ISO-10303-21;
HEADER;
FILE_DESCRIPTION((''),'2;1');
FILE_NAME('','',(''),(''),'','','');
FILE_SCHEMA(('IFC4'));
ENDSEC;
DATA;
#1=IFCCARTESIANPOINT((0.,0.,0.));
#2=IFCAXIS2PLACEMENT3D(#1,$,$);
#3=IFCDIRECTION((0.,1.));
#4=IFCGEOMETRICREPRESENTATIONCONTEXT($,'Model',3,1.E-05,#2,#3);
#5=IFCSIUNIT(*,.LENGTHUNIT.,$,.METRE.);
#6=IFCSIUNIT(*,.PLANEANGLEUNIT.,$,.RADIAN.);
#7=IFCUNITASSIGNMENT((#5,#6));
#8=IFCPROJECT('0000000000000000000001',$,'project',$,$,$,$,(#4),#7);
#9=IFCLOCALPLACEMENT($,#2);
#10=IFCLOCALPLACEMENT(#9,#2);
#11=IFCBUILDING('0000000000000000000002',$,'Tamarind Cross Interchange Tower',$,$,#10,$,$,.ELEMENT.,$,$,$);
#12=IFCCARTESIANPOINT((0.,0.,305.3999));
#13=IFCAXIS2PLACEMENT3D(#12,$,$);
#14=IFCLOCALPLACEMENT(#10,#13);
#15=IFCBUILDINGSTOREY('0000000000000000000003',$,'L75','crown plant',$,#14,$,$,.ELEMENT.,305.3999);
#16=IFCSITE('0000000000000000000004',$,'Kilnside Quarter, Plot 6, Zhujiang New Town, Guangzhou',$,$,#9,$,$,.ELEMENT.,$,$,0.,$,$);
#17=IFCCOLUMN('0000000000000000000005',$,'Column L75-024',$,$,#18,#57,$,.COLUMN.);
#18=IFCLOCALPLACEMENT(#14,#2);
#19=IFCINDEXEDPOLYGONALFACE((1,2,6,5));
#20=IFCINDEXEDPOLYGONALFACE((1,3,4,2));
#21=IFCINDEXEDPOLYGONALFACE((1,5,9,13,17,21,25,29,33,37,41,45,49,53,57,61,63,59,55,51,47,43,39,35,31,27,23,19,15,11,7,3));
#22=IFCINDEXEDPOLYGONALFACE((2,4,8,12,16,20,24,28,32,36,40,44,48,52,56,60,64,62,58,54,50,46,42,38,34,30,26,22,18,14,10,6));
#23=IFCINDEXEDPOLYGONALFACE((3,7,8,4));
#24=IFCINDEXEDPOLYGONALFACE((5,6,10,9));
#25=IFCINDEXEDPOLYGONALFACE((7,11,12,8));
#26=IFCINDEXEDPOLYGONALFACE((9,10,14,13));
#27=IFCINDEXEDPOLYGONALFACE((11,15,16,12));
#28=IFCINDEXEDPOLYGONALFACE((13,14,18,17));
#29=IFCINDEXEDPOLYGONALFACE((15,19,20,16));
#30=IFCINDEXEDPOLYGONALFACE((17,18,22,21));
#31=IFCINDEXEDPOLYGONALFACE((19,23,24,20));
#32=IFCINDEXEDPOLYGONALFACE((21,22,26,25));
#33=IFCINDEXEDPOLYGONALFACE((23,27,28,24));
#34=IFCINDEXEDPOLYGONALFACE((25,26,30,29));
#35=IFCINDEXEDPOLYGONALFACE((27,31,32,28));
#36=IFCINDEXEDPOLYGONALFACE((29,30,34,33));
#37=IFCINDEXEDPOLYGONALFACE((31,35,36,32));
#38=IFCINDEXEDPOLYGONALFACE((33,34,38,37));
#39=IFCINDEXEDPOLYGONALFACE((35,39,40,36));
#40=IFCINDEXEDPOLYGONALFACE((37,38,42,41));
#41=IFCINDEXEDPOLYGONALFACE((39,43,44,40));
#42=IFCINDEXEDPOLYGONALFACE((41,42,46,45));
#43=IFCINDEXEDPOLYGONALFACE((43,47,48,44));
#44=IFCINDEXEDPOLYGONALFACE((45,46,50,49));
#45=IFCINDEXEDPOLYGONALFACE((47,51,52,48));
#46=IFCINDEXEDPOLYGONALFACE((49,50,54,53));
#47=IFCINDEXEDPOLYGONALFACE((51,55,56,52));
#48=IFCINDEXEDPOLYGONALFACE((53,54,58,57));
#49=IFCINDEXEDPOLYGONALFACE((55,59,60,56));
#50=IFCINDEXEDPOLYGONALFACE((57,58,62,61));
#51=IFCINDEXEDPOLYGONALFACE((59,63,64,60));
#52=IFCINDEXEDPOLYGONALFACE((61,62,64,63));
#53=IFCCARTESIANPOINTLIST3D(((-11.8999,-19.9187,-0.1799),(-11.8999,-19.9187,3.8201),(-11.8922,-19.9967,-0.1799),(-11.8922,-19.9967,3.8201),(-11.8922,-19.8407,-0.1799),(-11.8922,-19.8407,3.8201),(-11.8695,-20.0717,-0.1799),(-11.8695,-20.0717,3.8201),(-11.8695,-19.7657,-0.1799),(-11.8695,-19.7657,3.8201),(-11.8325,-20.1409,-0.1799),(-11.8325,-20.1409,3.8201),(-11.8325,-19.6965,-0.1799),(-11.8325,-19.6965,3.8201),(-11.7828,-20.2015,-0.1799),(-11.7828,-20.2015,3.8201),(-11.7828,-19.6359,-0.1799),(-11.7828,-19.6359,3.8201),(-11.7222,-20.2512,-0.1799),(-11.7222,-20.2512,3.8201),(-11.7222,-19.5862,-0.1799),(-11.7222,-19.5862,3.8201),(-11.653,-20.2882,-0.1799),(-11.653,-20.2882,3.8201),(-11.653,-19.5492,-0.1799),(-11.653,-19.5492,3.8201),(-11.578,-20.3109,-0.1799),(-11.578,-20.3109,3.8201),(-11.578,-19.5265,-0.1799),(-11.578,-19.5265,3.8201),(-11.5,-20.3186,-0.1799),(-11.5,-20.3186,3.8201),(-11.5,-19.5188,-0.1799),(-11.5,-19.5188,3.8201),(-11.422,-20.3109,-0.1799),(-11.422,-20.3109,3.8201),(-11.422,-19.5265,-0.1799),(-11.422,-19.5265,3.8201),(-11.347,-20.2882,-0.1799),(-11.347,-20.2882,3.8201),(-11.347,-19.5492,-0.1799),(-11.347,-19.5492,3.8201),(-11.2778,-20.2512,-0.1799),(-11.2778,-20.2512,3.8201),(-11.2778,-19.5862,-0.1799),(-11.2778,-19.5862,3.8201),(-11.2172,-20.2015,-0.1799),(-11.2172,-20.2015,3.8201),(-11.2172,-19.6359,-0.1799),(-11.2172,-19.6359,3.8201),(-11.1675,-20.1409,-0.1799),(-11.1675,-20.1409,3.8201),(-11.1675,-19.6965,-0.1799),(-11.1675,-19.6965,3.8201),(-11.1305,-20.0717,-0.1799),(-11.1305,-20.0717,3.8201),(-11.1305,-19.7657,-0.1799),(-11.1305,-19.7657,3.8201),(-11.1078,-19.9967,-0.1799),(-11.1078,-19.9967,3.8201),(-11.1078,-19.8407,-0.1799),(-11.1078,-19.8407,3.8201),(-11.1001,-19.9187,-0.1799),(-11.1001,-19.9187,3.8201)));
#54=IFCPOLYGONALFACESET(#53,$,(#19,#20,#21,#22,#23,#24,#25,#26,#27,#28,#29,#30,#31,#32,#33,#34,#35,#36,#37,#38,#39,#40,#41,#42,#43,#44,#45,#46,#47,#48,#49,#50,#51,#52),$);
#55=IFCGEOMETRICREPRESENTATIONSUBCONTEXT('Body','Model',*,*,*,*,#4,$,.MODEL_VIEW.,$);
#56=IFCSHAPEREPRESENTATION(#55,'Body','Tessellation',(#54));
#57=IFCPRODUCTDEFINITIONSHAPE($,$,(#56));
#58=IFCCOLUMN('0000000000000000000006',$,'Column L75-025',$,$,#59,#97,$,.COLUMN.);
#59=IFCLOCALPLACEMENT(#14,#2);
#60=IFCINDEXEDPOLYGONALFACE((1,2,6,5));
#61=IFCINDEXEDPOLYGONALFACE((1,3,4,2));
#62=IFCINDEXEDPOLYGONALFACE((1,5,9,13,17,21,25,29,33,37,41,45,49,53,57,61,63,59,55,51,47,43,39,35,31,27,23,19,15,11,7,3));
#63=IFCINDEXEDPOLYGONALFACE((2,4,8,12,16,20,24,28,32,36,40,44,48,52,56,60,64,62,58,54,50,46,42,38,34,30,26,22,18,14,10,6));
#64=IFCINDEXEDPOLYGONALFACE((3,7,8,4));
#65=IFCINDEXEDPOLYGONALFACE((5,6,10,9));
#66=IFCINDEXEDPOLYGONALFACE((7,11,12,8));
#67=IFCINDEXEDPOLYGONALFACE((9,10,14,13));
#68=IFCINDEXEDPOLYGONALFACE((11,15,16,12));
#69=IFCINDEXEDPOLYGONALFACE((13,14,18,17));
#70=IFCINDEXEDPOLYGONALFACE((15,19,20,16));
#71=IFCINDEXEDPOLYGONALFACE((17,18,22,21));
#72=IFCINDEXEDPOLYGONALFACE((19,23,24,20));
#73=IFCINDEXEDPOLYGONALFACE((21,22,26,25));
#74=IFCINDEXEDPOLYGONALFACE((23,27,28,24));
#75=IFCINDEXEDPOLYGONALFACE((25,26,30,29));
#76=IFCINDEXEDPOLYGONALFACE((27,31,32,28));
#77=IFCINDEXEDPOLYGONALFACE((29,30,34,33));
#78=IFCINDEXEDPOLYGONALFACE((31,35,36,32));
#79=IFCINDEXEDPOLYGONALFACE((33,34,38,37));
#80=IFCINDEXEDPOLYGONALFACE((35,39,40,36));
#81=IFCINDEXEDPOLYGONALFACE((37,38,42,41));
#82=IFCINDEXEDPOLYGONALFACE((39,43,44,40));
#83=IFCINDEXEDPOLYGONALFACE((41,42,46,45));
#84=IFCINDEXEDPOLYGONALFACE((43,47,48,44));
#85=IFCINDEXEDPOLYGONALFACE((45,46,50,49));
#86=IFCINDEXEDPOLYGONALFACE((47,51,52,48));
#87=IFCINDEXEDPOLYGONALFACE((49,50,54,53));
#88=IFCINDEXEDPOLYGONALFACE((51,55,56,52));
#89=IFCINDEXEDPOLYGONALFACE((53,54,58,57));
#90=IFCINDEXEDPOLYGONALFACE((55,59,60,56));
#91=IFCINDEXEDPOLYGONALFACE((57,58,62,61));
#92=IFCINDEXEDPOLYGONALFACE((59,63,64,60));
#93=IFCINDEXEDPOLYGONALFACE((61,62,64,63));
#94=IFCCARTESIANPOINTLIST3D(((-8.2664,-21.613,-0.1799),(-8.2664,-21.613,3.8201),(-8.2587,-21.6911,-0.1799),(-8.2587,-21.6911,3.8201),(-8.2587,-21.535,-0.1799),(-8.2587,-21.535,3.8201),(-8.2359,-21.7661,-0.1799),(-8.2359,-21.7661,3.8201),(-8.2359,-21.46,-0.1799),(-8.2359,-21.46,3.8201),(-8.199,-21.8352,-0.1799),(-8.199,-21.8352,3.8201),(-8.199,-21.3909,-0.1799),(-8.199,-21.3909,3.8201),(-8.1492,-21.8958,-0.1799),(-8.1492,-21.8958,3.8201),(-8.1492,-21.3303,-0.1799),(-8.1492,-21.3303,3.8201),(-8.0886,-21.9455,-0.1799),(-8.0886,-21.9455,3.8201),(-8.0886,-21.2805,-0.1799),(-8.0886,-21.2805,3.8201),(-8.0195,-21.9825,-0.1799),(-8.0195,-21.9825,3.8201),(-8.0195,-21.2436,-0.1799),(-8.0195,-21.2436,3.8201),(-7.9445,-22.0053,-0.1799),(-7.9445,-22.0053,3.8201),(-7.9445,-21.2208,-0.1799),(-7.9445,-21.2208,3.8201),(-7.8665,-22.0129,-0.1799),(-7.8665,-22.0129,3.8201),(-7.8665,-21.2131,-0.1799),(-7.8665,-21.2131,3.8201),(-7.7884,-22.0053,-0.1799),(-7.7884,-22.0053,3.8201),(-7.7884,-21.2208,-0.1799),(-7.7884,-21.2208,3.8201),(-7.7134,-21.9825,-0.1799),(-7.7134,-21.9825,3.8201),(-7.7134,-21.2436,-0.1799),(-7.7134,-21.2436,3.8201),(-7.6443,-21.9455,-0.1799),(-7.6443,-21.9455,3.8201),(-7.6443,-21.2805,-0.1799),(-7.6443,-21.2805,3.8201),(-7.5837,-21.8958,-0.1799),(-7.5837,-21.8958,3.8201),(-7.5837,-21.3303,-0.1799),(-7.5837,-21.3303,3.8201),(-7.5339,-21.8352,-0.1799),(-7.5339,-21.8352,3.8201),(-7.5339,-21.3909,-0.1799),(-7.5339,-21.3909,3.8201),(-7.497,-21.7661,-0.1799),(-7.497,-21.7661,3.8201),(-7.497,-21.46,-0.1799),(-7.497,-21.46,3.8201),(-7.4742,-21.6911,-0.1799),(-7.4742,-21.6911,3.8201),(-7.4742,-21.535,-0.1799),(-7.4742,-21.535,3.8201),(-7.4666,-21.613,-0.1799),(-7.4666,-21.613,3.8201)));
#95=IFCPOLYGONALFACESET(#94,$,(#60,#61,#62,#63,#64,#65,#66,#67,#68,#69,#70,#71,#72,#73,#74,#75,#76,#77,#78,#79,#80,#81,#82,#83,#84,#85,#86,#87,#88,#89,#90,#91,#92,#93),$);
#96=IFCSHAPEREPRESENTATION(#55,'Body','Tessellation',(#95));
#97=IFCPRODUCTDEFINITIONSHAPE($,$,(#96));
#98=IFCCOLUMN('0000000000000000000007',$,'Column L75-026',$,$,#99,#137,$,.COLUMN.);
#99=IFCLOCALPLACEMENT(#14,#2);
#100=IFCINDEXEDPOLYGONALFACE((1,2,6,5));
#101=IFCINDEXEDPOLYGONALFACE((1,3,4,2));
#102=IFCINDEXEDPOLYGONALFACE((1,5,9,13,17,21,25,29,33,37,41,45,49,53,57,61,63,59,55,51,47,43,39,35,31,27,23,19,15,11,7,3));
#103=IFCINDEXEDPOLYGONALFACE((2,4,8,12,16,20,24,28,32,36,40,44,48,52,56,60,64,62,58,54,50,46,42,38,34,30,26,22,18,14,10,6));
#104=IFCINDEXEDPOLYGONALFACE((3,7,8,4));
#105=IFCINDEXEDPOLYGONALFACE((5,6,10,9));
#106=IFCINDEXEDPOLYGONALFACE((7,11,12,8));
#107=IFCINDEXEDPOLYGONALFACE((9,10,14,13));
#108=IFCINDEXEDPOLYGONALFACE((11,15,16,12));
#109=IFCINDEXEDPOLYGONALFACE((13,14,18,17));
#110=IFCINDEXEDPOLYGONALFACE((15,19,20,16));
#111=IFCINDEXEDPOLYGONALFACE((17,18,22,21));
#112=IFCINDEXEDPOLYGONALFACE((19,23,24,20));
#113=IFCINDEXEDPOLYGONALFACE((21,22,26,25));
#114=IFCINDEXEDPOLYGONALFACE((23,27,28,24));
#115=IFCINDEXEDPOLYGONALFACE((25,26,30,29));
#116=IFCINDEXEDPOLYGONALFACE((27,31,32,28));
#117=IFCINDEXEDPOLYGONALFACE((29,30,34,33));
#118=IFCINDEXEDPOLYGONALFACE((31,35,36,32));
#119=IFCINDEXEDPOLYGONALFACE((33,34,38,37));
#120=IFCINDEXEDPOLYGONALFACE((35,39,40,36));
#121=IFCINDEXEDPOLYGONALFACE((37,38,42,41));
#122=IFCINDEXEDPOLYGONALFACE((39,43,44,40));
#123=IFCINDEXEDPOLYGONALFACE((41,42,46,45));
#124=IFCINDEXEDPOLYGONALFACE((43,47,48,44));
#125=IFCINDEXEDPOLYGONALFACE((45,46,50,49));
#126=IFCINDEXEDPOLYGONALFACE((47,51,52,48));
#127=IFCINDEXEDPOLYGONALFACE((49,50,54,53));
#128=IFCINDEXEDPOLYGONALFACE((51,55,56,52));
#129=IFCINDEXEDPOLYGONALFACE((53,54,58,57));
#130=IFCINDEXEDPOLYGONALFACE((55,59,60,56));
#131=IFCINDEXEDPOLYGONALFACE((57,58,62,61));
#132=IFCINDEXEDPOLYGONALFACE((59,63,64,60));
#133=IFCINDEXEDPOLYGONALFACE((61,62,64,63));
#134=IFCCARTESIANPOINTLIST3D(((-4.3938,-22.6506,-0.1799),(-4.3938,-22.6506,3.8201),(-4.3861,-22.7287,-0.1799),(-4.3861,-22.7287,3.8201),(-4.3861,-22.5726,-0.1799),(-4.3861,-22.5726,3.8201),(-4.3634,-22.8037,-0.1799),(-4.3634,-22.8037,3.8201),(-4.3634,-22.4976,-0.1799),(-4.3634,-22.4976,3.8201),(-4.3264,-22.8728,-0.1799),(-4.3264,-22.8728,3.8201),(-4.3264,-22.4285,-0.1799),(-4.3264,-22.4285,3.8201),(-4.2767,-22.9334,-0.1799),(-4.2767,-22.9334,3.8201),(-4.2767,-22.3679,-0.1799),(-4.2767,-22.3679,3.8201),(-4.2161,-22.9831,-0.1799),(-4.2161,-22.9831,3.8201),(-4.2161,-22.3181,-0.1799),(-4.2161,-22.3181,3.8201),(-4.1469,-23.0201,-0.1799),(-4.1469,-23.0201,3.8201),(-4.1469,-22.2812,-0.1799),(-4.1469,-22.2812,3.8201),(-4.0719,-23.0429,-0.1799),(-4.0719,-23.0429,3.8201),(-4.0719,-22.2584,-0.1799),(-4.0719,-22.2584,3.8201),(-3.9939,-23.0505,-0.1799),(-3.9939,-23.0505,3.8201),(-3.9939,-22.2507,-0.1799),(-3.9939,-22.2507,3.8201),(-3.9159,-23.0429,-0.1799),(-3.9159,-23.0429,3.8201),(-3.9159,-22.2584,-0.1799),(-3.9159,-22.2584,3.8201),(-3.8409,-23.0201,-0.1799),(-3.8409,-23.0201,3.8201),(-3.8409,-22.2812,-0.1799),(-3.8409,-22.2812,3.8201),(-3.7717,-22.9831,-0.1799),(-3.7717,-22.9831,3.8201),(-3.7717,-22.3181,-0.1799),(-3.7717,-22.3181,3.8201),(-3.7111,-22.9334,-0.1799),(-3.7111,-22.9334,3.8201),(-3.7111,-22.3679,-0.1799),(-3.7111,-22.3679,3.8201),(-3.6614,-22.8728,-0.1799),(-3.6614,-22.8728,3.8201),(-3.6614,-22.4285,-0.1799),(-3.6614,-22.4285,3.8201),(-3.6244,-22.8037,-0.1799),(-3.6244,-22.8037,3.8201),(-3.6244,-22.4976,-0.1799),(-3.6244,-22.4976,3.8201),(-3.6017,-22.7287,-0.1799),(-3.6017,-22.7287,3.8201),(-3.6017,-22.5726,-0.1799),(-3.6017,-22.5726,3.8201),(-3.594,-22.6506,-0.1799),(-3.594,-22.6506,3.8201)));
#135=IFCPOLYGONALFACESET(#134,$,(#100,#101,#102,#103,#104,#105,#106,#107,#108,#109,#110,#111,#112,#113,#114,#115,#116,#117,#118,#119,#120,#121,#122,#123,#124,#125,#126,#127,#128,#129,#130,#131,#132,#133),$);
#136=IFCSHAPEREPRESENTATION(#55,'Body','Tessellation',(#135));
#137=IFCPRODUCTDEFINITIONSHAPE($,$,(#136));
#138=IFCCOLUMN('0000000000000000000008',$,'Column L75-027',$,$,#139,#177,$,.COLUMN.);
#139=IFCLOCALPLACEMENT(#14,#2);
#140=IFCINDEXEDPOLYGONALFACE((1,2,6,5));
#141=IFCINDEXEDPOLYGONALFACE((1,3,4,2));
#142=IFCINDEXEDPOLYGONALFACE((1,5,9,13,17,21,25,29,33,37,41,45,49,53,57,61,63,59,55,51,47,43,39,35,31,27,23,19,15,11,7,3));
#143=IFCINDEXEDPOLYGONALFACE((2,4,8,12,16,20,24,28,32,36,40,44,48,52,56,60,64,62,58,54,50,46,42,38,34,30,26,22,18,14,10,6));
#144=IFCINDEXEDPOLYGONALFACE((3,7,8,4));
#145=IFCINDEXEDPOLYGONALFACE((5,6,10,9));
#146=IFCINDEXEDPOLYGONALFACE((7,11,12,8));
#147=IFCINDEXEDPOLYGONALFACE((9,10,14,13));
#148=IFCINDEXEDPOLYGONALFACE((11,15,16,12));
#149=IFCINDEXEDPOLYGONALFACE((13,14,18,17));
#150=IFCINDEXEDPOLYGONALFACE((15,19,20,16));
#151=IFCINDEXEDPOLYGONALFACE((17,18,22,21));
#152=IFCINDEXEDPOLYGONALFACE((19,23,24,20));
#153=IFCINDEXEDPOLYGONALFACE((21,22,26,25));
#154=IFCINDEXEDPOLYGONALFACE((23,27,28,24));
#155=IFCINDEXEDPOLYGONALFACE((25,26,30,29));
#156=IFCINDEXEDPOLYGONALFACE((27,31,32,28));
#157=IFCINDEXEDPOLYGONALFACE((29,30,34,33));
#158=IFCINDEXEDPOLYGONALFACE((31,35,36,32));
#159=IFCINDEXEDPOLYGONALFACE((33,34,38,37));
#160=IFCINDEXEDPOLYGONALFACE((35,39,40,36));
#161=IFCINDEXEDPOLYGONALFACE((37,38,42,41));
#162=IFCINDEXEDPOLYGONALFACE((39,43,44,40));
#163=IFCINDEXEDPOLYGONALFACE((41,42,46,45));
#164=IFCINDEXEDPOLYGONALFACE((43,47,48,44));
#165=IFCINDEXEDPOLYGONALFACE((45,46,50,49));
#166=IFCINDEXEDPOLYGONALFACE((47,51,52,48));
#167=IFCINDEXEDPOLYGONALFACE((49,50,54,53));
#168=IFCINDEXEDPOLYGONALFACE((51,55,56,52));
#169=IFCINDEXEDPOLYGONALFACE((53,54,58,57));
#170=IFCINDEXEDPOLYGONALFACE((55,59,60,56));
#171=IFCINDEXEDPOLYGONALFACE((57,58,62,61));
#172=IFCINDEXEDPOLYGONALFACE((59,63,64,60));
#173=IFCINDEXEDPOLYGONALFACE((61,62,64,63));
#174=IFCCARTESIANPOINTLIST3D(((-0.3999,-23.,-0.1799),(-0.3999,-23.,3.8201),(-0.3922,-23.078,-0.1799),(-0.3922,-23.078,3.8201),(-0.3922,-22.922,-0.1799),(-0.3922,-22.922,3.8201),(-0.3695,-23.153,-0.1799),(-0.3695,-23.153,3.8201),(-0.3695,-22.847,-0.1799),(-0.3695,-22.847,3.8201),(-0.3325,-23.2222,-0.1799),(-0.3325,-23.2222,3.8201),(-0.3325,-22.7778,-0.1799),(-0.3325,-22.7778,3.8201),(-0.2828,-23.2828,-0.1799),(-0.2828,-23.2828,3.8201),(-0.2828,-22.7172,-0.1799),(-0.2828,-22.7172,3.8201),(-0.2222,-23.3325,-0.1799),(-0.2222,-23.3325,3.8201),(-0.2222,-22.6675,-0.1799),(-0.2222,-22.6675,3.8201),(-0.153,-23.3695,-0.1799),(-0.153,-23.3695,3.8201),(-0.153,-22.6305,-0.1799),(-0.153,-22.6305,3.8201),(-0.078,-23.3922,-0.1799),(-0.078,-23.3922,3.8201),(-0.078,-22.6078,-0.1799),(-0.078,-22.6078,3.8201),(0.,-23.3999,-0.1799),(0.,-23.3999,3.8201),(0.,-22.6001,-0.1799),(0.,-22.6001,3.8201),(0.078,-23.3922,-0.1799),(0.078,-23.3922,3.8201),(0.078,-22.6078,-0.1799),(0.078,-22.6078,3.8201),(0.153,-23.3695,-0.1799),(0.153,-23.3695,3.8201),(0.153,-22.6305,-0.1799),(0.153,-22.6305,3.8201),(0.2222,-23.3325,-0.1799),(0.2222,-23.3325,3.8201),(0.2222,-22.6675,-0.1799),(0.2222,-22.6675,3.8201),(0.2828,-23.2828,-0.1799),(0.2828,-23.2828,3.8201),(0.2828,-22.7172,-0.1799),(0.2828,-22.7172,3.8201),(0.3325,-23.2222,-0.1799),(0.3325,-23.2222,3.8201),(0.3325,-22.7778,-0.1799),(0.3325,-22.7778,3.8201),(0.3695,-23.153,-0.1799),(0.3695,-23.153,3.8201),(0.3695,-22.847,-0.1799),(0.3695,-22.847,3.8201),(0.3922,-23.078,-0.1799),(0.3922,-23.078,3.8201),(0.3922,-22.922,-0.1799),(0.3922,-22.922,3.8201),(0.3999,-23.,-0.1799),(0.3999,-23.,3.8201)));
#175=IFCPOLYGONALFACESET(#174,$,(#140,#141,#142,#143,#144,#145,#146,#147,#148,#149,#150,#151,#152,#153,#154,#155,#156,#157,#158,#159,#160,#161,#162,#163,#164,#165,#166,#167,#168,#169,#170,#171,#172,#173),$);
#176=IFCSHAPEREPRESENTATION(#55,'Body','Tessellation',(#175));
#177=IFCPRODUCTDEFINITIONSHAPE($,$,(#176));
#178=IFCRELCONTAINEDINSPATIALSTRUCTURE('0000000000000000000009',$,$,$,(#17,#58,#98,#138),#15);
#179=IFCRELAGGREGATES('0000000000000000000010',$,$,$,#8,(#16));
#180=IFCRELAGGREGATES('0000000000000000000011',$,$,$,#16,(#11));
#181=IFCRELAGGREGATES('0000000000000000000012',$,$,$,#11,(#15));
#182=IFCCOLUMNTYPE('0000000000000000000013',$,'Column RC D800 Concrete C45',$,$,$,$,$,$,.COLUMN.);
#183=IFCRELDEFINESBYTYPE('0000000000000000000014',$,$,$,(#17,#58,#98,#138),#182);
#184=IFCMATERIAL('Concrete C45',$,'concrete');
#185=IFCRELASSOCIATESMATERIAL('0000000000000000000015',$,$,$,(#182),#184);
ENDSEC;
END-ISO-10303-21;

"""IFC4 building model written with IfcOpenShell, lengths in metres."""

from ifc_helpers import new_model, si_unit, direction, frame, origin, origin_2d, place, context, subcontext, project, spatial, circle, extrude, material, material_profile, profile_set, type_object, element, save


model = new_model("IFC4")

# Units and contexts
model_context = context("Model", 3, precision=1e-05, world=origin(), true_north=direction((0.0, 1.0)))
body_context = subcontext(model_context, "Body", "Model", "MODEL_VIEW")
ifc_project = project(units=[si_unit("LENGTHUNIT", "METRE"), si_unit("PLANEANGLEUNIT", "RADIAN")], contexts=[model_context])

# Site, building, storey
site_placement = place(None, origin())
site = spatial("IfcSite", under=ifc_project, at=site_placement, Name="Kilnside Quarter, Plot 6, Zhujiang New Town, Guangzhou", CompositionType="ELEMENT", RefElevation=0.0)
building_placement = place(site_placement, origin())
building = spatial("IfcBuilding", under=site, at=building_placement, Name="Tamarind Cross Interchange Tower", CompositionType="ELEMENT")
storey_placement = place(building_placement, frame((0.0, 0.0, 305.3999)))
storey = spatial("IfcBuildingStorey", under=building, at=storey_placement, Name="L75", Description="crown plant", CompositionType="ELEMENT", Elevation=305.3999)

# Columns
ifc_material_1 = material(Name="Concrete C45", Category="concrete")
ifc_material_profile_1 = material_profile(ifc_material_1, circle(Radius=0.3999, at=origin_2d()), Name="RC D800")
ifc_profile_set_1 = profile_set([ifc_material_profile_1], Name="Concrete C45")
column_type = type_object("IfcColumnType", Name="Column RC D800 Concrete C45", PredefinedType="COLUMN", material=ifc_profile_set_1)
for number, where, z_axis, x_axis, name in (
    (1, (-11.5, -19.9187, -0.1799), (0.0, 0.0, 1.0), (1.0, 0.0, 0.0), "Column L75-024"),
    (2, (-7.8665, -21.613, -0.1799), (0.0, 0.0, 1.0), (1.0, 0.0, 0.0), "Column L75-025"),
    (3, (-3.9939, -22.6506, -0.1799), (0.0, 0.0, 1.0), (1.0, 0.0, 0.0), "Column L75-026"),
    (4, (0.0, -23.0, -0.1799), (0.0, 0.0, 1.0), (1.0, 0.0, 0.0), "Column L75-027"),
):
    element("IfcColumn", number, at=place(storey_placement, frame(where, z_axis=z_axis, x_axis=x_axis)), inside=storey, type_object=column_type, Name=name, PredefinedType="COLUMN", context=body_context, shape_type="SweptSolid", body=[
        extrude(circle(Radius=0.3999, at=origin_2d()), origin(), (0.0, 0.0, 1.0), 4.0),
    ])

save(model, "model.ifc")
